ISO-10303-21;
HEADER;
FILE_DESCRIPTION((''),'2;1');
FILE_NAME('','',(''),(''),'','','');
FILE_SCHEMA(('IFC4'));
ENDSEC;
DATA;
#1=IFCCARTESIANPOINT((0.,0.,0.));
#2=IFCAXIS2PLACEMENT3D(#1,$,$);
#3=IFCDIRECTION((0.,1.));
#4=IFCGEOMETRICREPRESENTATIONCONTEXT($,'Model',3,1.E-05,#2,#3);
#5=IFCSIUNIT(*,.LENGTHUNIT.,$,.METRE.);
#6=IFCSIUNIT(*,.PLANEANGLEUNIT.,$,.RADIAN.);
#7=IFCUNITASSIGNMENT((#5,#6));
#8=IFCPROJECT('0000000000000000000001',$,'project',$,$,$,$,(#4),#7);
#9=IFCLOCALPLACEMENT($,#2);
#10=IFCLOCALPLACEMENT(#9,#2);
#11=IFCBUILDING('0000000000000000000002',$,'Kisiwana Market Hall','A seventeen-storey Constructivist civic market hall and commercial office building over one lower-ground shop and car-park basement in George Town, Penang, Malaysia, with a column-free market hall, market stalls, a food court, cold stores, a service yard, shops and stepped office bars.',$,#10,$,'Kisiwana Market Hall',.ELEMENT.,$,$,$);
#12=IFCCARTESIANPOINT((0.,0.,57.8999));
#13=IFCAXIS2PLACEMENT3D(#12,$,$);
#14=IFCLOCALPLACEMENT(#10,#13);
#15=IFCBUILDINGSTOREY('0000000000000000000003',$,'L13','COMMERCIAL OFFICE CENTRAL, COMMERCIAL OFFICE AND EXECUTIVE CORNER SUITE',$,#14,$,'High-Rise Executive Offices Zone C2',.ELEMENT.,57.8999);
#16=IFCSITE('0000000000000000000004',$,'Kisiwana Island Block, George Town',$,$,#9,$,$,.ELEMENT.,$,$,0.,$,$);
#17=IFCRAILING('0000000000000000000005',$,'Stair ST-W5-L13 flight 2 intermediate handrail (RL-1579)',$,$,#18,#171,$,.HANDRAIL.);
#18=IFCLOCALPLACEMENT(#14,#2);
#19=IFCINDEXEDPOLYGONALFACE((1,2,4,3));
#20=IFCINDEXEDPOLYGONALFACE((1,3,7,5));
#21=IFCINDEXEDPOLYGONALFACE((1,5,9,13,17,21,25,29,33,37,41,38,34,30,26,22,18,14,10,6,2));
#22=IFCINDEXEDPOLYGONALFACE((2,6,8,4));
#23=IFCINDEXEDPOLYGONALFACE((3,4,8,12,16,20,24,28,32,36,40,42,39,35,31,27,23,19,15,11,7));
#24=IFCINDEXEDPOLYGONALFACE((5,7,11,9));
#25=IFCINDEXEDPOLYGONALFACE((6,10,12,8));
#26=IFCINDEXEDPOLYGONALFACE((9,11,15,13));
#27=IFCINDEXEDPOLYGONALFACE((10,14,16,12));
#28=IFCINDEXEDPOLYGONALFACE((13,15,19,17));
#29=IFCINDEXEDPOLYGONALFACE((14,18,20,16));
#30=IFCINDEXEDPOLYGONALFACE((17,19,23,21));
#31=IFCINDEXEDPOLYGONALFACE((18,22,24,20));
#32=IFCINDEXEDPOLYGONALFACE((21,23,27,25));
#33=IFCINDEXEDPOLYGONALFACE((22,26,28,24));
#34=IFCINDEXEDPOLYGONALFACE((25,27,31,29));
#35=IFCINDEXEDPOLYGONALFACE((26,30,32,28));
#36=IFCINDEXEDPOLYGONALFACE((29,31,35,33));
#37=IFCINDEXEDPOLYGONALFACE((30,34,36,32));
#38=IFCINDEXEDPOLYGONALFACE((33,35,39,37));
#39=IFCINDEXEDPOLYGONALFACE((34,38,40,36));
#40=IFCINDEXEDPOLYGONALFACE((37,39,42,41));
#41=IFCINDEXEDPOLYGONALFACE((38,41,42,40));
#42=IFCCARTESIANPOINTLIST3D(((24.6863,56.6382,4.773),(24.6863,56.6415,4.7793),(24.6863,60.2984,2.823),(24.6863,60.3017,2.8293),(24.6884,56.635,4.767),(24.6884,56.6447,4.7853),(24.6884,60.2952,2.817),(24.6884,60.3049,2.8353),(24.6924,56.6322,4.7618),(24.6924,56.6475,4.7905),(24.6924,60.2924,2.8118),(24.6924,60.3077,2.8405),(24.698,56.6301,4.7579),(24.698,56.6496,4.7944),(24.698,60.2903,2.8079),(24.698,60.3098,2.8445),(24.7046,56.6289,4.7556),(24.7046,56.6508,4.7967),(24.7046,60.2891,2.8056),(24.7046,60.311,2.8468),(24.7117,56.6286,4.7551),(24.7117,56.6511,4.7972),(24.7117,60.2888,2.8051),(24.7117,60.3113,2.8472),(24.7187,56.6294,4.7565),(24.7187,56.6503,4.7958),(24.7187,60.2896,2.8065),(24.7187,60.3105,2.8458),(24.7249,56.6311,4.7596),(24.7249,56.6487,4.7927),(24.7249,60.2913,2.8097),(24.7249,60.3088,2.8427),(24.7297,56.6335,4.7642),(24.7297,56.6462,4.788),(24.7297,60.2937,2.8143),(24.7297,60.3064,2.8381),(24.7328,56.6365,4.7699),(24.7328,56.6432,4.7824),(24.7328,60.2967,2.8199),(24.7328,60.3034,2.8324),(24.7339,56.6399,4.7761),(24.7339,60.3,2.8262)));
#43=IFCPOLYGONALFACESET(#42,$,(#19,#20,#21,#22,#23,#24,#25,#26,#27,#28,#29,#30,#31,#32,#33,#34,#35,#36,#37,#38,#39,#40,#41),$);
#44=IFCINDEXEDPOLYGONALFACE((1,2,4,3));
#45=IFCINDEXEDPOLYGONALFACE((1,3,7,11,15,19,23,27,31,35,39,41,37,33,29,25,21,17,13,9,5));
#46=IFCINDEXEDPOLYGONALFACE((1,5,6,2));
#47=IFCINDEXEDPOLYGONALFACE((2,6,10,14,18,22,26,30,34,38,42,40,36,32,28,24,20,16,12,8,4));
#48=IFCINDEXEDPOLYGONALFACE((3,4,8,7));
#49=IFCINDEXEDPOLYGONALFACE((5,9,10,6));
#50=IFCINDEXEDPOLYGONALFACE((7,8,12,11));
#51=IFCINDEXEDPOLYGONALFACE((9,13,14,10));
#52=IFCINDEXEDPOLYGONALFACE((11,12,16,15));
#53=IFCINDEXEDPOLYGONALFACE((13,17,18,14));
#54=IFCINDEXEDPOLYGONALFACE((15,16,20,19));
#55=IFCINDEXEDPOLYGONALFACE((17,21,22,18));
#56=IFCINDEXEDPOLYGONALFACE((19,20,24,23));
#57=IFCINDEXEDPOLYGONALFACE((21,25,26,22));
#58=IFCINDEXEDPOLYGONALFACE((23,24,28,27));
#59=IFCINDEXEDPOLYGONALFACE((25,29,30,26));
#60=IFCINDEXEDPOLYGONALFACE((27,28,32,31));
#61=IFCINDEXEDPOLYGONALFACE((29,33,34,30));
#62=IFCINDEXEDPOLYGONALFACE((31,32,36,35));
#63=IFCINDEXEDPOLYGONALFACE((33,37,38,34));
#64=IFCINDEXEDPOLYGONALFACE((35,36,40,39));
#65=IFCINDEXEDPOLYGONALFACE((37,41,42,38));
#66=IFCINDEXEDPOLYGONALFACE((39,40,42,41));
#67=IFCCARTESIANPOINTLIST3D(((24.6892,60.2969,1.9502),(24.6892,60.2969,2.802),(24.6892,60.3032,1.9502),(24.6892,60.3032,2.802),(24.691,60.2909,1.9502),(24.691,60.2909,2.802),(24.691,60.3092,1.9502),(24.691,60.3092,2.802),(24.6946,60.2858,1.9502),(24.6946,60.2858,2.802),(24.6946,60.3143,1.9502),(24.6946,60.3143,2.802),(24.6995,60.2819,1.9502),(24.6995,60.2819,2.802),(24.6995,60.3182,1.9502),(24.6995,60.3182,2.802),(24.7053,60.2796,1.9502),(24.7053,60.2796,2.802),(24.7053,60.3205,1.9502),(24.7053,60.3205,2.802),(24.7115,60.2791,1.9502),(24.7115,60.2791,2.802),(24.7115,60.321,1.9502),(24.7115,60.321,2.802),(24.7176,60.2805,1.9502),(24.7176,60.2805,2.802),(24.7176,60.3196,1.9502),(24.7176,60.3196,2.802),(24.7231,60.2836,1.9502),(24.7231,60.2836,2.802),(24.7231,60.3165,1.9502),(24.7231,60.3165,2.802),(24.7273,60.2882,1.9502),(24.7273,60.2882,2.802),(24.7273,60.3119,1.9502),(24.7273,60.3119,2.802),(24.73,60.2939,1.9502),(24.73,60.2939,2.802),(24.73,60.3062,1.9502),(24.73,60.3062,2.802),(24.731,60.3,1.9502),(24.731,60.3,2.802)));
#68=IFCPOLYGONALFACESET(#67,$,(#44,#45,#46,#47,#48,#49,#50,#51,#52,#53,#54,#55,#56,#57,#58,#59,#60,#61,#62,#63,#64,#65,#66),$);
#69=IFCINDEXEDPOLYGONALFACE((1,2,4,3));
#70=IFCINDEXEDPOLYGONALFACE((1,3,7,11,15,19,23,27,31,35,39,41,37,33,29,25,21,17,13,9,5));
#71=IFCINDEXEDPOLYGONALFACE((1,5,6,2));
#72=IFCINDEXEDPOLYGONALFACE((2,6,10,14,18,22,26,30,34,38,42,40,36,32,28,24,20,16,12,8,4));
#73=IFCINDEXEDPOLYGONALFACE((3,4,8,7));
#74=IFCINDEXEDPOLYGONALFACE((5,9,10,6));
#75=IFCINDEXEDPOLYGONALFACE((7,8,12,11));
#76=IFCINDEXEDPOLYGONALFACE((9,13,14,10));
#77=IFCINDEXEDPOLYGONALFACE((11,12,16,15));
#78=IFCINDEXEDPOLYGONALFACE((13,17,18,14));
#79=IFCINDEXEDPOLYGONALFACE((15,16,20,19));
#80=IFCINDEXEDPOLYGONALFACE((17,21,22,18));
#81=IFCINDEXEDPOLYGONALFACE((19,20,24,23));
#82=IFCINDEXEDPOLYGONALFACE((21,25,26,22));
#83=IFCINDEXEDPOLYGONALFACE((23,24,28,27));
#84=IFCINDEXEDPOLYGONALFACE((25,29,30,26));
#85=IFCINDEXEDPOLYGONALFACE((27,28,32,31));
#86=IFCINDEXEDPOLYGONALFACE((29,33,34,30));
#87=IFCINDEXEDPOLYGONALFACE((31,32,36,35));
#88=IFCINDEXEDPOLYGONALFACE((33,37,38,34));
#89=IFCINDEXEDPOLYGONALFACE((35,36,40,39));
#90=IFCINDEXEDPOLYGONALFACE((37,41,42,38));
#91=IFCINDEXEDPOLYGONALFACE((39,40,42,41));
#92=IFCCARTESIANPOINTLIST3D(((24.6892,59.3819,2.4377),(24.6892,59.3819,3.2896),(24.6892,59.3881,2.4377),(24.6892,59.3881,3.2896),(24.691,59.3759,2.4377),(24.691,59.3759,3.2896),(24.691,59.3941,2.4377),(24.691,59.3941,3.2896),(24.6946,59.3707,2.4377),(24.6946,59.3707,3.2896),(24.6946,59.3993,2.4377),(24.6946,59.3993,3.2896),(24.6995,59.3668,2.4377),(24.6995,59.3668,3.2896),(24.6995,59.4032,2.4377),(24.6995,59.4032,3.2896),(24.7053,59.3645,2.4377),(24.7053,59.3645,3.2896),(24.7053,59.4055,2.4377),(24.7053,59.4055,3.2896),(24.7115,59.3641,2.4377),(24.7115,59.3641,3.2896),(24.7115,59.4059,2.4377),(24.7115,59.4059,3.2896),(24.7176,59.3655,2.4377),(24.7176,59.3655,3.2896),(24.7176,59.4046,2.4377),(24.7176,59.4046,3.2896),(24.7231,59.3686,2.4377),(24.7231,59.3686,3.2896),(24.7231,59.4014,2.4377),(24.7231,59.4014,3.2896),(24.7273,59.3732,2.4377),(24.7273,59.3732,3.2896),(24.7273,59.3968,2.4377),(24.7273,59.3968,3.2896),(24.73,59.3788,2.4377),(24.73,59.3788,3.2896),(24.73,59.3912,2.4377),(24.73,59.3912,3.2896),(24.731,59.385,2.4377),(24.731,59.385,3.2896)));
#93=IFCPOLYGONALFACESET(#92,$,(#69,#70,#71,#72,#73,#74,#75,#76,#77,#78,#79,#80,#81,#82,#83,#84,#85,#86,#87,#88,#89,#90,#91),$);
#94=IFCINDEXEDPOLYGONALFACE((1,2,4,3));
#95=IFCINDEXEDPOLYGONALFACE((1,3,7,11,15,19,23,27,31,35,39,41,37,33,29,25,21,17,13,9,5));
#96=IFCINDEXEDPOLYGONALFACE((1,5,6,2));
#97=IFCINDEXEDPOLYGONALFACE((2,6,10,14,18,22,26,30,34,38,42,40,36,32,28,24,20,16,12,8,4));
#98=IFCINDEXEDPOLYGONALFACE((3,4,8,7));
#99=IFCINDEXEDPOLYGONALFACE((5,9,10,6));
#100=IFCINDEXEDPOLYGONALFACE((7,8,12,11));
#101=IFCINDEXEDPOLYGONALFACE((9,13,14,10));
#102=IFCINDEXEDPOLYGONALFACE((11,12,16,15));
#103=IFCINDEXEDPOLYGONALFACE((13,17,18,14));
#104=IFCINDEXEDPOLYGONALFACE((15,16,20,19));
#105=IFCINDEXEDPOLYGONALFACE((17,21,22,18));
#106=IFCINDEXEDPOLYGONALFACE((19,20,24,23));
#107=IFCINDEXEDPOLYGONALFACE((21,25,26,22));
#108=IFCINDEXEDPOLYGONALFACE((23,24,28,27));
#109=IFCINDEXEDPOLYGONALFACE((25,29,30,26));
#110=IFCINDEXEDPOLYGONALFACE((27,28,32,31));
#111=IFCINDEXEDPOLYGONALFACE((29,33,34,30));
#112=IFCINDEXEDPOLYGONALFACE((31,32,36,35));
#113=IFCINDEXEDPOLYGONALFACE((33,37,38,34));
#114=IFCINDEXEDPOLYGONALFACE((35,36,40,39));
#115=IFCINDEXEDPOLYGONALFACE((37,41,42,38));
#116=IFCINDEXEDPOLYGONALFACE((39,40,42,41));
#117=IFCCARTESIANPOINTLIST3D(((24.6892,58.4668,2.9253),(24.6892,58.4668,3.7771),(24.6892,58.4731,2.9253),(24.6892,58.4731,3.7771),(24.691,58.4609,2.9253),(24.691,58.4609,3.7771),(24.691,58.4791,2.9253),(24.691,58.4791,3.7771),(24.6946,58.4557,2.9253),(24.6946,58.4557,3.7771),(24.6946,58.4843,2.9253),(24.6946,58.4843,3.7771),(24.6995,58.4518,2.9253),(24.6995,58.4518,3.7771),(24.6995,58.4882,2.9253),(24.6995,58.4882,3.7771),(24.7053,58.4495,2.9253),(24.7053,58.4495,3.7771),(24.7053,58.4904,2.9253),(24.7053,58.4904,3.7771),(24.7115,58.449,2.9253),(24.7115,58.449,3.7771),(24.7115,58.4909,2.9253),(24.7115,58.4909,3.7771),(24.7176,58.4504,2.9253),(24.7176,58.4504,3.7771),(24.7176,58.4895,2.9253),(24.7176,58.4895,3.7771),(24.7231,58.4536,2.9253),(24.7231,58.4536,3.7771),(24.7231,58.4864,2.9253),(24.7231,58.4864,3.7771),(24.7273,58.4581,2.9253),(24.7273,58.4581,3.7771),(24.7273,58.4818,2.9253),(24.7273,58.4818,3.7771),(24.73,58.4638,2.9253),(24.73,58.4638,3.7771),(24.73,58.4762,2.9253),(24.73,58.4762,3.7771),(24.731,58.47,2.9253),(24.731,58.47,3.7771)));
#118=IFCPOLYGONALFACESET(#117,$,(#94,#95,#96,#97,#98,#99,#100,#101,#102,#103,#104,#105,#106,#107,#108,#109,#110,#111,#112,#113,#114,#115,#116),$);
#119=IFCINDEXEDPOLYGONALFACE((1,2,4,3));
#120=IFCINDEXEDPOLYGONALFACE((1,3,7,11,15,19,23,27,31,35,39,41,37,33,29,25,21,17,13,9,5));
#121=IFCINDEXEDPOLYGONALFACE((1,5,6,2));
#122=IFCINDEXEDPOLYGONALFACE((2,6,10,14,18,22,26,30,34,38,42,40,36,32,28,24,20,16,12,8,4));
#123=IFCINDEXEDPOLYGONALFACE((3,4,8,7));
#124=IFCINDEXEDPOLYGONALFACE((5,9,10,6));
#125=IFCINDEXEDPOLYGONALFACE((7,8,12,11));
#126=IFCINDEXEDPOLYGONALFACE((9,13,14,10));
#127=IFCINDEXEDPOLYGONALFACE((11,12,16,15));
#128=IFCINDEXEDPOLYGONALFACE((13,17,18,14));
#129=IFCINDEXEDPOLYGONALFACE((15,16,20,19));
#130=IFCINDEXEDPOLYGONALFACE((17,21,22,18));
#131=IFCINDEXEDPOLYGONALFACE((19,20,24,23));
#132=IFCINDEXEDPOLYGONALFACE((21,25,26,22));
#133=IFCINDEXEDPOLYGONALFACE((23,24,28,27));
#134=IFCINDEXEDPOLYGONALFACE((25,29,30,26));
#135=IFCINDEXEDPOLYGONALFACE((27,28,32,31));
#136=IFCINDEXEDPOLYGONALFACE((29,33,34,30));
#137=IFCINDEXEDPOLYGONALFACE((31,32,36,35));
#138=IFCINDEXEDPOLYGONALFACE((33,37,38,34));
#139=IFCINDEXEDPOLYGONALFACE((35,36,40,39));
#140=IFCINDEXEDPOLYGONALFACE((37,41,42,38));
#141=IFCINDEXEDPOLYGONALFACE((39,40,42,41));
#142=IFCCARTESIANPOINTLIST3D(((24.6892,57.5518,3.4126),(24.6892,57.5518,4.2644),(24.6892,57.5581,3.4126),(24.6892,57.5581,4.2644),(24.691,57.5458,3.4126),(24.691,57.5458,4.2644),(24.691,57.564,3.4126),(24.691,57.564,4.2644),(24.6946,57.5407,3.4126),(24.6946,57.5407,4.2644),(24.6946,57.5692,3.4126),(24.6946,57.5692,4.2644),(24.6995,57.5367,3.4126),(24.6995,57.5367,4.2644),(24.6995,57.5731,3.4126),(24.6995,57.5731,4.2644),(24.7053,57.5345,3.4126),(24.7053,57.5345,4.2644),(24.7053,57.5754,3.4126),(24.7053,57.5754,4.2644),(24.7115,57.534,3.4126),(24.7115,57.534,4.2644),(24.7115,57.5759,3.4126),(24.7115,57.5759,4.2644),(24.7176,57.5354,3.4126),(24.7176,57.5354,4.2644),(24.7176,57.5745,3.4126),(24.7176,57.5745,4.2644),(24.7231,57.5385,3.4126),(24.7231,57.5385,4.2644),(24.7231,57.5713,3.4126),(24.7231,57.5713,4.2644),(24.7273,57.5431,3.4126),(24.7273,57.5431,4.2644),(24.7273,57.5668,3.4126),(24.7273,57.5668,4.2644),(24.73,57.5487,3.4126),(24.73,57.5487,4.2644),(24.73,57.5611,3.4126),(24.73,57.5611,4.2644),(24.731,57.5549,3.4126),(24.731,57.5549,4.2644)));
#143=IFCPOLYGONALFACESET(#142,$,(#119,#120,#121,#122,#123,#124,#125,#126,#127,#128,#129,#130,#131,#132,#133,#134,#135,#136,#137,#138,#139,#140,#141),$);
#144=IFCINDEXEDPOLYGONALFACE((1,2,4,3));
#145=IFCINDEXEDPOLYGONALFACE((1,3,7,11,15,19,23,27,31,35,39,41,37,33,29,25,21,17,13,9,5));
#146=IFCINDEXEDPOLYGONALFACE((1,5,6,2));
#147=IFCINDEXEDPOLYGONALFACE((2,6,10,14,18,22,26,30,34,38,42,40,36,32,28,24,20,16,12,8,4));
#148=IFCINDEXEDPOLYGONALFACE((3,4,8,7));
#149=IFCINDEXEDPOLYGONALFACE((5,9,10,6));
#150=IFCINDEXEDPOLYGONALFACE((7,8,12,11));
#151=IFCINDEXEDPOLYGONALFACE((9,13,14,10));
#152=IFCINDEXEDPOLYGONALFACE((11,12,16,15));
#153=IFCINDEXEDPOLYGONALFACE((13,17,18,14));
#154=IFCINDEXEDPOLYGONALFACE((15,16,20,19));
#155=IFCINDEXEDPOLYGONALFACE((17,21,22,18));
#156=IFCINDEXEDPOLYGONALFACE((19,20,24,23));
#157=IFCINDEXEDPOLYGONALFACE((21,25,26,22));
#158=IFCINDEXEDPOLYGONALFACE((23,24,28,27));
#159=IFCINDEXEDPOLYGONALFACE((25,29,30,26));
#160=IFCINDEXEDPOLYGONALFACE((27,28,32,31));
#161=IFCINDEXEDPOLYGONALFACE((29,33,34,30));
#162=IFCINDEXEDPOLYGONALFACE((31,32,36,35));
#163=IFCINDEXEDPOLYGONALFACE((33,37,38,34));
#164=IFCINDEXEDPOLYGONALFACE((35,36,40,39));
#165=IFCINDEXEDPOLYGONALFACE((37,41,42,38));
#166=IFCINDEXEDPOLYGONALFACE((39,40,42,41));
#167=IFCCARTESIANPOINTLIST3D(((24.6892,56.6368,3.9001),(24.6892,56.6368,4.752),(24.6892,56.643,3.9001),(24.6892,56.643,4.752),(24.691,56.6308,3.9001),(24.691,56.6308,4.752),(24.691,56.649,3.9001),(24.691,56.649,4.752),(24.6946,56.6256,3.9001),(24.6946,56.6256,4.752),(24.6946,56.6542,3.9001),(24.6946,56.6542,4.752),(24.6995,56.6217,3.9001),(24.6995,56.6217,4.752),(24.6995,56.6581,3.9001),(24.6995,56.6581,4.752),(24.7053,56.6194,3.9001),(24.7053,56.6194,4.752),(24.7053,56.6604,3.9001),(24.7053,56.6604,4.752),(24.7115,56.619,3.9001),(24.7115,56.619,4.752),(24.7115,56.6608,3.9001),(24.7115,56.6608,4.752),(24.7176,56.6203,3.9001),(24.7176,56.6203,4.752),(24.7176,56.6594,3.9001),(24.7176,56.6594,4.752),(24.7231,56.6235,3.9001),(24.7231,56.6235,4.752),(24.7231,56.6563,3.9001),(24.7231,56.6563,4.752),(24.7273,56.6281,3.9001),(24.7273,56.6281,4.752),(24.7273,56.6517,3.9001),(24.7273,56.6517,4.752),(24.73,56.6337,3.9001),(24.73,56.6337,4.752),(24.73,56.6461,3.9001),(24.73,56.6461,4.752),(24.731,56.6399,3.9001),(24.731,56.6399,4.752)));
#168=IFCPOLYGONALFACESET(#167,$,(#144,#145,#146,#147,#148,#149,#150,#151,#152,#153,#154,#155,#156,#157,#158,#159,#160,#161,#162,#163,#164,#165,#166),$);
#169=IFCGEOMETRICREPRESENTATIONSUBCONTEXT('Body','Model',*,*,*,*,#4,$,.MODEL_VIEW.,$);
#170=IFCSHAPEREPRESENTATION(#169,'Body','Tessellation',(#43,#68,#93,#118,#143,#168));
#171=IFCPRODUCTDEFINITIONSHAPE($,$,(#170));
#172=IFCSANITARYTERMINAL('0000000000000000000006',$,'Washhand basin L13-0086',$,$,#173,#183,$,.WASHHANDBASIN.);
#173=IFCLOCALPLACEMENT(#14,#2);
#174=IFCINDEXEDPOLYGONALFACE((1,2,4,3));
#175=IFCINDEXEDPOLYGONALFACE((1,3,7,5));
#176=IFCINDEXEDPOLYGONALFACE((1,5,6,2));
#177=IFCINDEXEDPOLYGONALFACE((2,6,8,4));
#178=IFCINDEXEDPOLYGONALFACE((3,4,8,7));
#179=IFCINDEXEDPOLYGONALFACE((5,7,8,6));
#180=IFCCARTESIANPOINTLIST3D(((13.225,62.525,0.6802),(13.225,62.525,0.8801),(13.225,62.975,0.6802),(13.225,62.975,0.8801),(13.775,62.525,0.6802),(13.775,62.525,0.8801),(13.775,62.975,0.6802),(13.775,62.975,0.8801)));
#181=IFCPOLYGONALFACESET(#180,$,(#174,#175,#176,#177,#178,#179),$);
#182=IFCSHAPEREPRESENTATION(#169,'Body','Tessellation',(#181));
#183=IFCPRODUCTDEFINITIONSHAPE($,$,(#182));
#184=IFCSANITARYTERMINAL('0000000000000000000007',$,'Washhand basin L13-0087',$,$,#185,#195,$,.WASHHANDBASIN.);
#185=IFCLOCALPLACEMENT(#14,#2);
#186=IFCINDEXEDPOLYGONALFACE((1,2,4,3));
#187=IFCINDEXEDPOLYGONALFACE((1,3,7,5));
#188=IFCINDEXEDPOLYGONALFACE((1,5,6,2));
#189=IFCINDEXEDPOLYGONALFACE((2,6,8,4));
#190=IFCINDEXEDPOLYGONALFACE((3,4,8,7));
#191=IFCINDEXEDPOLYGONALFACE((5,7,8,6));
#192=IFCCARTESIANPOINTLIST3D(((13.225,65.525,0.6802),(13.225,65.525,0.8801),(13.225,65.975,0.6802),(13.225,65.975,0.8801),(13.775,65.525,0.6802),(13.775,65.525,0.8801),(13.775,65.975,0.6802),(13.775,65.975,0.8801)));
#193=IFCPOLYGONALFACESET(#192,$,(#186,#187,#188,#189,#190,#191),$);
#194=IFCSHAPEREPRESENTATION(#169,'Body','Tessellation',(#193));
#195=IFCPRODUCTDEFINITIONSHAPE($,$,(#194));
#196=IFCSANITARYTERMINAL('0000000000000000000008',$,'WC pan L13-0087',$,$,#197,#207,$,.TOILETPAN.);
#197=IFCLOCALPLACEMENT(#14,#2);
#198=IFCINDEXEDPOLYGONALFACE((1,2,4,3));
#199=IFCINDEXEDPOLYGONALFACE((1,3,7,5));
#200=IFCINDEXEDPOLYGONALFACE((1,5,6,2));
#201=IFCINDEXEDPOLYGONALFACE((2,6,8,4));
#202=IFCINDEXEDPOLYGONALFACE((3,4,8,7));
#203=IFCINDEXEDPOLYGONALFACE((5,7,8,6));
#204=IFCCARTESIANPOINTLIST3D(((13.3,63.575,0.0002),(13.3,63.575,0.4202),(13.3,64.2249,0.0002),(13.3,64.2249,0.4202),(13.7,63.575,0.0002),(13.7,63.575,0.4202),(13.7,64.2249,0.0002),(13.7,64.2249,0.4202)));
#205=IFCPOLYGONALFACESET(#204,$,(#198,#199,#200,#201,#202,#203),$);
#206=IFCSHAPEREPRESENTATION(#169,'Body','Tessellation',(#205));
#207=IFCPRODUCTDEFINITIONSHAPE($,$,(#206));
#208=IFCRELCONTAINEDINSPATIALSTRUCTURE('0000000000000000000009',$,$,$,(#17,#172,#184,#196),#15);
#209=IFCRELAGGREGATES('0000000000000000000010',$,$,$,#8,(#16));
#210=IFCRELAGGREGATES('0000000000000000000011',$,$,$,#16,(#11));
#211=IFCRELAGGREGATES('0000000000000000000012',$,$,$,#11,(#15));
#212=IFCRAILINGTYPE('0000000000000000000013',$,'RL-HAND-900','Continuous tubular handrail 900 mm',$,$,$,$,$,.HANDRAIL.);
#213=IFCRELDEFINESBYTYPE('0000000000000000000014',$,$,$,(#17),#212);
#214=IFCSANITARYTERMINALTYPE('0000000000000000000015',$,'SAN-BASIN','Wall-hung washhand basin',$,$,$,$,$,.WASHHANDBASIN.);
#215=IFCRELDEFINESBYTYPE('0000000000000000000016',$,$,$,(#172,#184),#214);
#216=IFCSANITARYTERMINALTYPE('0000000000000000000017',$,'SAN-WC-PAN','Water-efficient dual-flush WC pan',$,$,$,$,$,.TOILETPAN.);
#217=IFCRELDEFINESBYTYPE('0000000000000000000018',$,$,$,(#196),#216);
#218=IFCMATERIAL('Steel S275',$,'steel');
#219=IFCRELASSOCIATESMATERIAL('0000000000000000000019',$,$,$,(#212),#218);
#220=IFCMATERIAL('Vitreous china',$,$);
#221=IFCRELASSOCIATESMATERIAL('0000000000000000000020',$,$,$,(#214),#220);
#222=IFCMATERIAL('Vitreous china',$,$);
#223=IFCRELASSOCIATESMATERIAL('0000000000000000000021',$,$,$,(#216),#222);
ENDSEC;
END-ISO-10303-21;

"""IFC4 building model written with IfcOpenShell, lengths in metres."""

from ifc_helpers import new_model, si_unit, direction, frame, origin, origin_2d, place, context, subcontext, project, spatial, rectangle, circle, extrude, material, type_object, element, save


model = new_model("IFC4")

# Units and contexts
model_context = context("Model", 3, precision=1e-05, world=origin(), true_north=direction((0.0, 1.0)))
body_context = subcontext(model_context, "Body", "Model", "MODEL_VIEW")
ifc_project = project(units=[si_unit("LENGTHUNIT", "METRE"), si_unit("PLANEANGLEUNIT", "RADIAN")], contexts=[model_context])

# Site, building, storey
site_placement = place(None, origin())
site = spatial("IfcSite", under=ifc_project, at=site_placement, Name="Kisiwana Island Block, George Town", CompositionType="ELEMENT", RefElevation=0.0)
building_placement = place(site_placement, origin())
building = spatial("IfcBuilding", under=site, at=building_placement, Name="Kisiwana Market Hall", Description="A seventeen-storey Constructivist civic market hall and commercial office building over one lower-ground shop and car-park basement in George Town, Penang, Malaysia, with a column-free market hall, market stalls, a food court, cold stores, a service yard, shops and stepped office bars.", LongName="Kisiwana Market Hall", CompositionType="ELEMENT")
storey_placement = place(building_placement, frame((0.0, 0.0, 57.8999)))
storey = spatial("IfcBuildingStorey", under=building, at=storey_placement, Name="L13", Description="COMMERCIAL OFFICE CENTRAL, COMMERCIAL OFFICE AND EXECUTIVE CORNER SUITE", LongName="High-Rise Executive Offices Zone C2", CompositionType="ELEMENT", Elevation=57.8999)

# Railing
ifc_material_1 = material(Name="Steel S275", Category="steel")
railing_type_1 = type_object("IfcRailingType", Name="RL-HAND-900", Description="Continuous tubular handrail 900 mm", PredefinedType="HANDRAIL", material=ifc_material_1)
railing_1_placement = place(storey_placement, frame((24.71, 60.3, 1.9502)))
element("IfcRailing", 1, at=railing_1_placement, inside=storey, type_object=railing_type_1, Name="Stair ST-W5-L13 flight 2 intermediate handrail (RL-1579)", PredefinedType="HANDRAIL", context=body_context, shape_type="SweptSolid", body=[
    extrude(circle(Radius=0.0239, at=origin_2d()), frame((0.0, 0.0, 0.876), z_axis=(0.0, -0.882566, 0.470188), x_axis=(1.0, 0.0, 0.0)), (0.0, 0.0, 1.0), 4.1472),
    extrude(circle(Radius=0.021, at=origin_2d()), origin(), (0.0, 0.0, 1.0), 0.8518),
    extrude(circle(Radius=0.021, at=origin_2d()), frame((0.0, -0.915, 0.4875)), (0.0, 0.0, 1.0), 0.8518),
    extrude(circle(Radius=0.021, at=origin_2d()), frame((0.0, -1.8301, 0.9751)), (0.0, 0.0, 1.0), 0.8518),
    extrude(circle(Radius=0.021, at=origin_2d()), frame((0.0, -2.7451, 1.4624)), (0.0, 0.0, 1.0), 0.8518),
    extrude(circle(Radius=0.021, at=origin_2d()), frame((0.0, -3.6602, 1.95)), (0.0, 0.0, 1.0), 0.8518),
])

# Sanitary terminals
ifc_material_2 = material(Name="Vitreous china")
sanitary_terminal_type_1 = type_object("IfcSanitaryTerminalType", Name="SAN-BASIN", Description="Wall-hung washhand basin", PredefinedType="WASHHANDBASIN", material=ifc_material_2)
for number, where, z_axis, x_axis, name in (
    (2, (13.5, 62.75, 0.6802), (0.0, 0.0, 1.0), (1.0, 0.0, 0.0), "Washhand basin L13-0086"),
    (3, (13.5, 65.75, 0.6802), (0.0, 0.0, 1.0), (1.0, 0.0, 0.0), "Washhand basin L13-0087"),
):
    element("IfcSanitaryTerminal", number, at=place(storey_placement, frame(where, z_axis=z_axis, x_axis=x_axis)), inside=storey, type_object=sanitary_terminal_type_1, Name=name, PredefinedType="WASHHANDBASIN", context=body_context, shape_type="SweptSolid", body=[
        extrude(rectangle(XDim=0.55, YDim=0.45, at=origin_2d()), origin(), (0.0, 0.0, 1.0), 0.2),
    ])
ifc_material_3 = material(Name="Vitreous china")
sanitary_terminal_type_2 = type_object("IfcSanitaryTerminalType", Name="SAN-WC-PAN", Description="Water-efficient dual-flush WC pan", PredefinedType="TOILETPAN", material=ifc_material_3)
sanitary_terminal_placement = place(storey_placement, frame((13.5, 63.8999, 0.0002), z_axis=(0.0, 0.0, 1.0), x_axis=(1.0, 0.0, 0.0)))
element("IfcSanitaryTerminal", 4, at=sanitary_terminal_placement, inside=storey, type_object=sanitary_terminal_type_2, Name="WC pan L13-0087", PredefinedType="TOILETPAN", context=body_context, shape_type="SweptSolid", body=[
    extrude(rectangle(XDim=0.3999, YDim=0.6499, at=origin_2d()), origin(), (0.0, 0.0, 1.0), 0.4199),
])

save(model, "model.ifc")
